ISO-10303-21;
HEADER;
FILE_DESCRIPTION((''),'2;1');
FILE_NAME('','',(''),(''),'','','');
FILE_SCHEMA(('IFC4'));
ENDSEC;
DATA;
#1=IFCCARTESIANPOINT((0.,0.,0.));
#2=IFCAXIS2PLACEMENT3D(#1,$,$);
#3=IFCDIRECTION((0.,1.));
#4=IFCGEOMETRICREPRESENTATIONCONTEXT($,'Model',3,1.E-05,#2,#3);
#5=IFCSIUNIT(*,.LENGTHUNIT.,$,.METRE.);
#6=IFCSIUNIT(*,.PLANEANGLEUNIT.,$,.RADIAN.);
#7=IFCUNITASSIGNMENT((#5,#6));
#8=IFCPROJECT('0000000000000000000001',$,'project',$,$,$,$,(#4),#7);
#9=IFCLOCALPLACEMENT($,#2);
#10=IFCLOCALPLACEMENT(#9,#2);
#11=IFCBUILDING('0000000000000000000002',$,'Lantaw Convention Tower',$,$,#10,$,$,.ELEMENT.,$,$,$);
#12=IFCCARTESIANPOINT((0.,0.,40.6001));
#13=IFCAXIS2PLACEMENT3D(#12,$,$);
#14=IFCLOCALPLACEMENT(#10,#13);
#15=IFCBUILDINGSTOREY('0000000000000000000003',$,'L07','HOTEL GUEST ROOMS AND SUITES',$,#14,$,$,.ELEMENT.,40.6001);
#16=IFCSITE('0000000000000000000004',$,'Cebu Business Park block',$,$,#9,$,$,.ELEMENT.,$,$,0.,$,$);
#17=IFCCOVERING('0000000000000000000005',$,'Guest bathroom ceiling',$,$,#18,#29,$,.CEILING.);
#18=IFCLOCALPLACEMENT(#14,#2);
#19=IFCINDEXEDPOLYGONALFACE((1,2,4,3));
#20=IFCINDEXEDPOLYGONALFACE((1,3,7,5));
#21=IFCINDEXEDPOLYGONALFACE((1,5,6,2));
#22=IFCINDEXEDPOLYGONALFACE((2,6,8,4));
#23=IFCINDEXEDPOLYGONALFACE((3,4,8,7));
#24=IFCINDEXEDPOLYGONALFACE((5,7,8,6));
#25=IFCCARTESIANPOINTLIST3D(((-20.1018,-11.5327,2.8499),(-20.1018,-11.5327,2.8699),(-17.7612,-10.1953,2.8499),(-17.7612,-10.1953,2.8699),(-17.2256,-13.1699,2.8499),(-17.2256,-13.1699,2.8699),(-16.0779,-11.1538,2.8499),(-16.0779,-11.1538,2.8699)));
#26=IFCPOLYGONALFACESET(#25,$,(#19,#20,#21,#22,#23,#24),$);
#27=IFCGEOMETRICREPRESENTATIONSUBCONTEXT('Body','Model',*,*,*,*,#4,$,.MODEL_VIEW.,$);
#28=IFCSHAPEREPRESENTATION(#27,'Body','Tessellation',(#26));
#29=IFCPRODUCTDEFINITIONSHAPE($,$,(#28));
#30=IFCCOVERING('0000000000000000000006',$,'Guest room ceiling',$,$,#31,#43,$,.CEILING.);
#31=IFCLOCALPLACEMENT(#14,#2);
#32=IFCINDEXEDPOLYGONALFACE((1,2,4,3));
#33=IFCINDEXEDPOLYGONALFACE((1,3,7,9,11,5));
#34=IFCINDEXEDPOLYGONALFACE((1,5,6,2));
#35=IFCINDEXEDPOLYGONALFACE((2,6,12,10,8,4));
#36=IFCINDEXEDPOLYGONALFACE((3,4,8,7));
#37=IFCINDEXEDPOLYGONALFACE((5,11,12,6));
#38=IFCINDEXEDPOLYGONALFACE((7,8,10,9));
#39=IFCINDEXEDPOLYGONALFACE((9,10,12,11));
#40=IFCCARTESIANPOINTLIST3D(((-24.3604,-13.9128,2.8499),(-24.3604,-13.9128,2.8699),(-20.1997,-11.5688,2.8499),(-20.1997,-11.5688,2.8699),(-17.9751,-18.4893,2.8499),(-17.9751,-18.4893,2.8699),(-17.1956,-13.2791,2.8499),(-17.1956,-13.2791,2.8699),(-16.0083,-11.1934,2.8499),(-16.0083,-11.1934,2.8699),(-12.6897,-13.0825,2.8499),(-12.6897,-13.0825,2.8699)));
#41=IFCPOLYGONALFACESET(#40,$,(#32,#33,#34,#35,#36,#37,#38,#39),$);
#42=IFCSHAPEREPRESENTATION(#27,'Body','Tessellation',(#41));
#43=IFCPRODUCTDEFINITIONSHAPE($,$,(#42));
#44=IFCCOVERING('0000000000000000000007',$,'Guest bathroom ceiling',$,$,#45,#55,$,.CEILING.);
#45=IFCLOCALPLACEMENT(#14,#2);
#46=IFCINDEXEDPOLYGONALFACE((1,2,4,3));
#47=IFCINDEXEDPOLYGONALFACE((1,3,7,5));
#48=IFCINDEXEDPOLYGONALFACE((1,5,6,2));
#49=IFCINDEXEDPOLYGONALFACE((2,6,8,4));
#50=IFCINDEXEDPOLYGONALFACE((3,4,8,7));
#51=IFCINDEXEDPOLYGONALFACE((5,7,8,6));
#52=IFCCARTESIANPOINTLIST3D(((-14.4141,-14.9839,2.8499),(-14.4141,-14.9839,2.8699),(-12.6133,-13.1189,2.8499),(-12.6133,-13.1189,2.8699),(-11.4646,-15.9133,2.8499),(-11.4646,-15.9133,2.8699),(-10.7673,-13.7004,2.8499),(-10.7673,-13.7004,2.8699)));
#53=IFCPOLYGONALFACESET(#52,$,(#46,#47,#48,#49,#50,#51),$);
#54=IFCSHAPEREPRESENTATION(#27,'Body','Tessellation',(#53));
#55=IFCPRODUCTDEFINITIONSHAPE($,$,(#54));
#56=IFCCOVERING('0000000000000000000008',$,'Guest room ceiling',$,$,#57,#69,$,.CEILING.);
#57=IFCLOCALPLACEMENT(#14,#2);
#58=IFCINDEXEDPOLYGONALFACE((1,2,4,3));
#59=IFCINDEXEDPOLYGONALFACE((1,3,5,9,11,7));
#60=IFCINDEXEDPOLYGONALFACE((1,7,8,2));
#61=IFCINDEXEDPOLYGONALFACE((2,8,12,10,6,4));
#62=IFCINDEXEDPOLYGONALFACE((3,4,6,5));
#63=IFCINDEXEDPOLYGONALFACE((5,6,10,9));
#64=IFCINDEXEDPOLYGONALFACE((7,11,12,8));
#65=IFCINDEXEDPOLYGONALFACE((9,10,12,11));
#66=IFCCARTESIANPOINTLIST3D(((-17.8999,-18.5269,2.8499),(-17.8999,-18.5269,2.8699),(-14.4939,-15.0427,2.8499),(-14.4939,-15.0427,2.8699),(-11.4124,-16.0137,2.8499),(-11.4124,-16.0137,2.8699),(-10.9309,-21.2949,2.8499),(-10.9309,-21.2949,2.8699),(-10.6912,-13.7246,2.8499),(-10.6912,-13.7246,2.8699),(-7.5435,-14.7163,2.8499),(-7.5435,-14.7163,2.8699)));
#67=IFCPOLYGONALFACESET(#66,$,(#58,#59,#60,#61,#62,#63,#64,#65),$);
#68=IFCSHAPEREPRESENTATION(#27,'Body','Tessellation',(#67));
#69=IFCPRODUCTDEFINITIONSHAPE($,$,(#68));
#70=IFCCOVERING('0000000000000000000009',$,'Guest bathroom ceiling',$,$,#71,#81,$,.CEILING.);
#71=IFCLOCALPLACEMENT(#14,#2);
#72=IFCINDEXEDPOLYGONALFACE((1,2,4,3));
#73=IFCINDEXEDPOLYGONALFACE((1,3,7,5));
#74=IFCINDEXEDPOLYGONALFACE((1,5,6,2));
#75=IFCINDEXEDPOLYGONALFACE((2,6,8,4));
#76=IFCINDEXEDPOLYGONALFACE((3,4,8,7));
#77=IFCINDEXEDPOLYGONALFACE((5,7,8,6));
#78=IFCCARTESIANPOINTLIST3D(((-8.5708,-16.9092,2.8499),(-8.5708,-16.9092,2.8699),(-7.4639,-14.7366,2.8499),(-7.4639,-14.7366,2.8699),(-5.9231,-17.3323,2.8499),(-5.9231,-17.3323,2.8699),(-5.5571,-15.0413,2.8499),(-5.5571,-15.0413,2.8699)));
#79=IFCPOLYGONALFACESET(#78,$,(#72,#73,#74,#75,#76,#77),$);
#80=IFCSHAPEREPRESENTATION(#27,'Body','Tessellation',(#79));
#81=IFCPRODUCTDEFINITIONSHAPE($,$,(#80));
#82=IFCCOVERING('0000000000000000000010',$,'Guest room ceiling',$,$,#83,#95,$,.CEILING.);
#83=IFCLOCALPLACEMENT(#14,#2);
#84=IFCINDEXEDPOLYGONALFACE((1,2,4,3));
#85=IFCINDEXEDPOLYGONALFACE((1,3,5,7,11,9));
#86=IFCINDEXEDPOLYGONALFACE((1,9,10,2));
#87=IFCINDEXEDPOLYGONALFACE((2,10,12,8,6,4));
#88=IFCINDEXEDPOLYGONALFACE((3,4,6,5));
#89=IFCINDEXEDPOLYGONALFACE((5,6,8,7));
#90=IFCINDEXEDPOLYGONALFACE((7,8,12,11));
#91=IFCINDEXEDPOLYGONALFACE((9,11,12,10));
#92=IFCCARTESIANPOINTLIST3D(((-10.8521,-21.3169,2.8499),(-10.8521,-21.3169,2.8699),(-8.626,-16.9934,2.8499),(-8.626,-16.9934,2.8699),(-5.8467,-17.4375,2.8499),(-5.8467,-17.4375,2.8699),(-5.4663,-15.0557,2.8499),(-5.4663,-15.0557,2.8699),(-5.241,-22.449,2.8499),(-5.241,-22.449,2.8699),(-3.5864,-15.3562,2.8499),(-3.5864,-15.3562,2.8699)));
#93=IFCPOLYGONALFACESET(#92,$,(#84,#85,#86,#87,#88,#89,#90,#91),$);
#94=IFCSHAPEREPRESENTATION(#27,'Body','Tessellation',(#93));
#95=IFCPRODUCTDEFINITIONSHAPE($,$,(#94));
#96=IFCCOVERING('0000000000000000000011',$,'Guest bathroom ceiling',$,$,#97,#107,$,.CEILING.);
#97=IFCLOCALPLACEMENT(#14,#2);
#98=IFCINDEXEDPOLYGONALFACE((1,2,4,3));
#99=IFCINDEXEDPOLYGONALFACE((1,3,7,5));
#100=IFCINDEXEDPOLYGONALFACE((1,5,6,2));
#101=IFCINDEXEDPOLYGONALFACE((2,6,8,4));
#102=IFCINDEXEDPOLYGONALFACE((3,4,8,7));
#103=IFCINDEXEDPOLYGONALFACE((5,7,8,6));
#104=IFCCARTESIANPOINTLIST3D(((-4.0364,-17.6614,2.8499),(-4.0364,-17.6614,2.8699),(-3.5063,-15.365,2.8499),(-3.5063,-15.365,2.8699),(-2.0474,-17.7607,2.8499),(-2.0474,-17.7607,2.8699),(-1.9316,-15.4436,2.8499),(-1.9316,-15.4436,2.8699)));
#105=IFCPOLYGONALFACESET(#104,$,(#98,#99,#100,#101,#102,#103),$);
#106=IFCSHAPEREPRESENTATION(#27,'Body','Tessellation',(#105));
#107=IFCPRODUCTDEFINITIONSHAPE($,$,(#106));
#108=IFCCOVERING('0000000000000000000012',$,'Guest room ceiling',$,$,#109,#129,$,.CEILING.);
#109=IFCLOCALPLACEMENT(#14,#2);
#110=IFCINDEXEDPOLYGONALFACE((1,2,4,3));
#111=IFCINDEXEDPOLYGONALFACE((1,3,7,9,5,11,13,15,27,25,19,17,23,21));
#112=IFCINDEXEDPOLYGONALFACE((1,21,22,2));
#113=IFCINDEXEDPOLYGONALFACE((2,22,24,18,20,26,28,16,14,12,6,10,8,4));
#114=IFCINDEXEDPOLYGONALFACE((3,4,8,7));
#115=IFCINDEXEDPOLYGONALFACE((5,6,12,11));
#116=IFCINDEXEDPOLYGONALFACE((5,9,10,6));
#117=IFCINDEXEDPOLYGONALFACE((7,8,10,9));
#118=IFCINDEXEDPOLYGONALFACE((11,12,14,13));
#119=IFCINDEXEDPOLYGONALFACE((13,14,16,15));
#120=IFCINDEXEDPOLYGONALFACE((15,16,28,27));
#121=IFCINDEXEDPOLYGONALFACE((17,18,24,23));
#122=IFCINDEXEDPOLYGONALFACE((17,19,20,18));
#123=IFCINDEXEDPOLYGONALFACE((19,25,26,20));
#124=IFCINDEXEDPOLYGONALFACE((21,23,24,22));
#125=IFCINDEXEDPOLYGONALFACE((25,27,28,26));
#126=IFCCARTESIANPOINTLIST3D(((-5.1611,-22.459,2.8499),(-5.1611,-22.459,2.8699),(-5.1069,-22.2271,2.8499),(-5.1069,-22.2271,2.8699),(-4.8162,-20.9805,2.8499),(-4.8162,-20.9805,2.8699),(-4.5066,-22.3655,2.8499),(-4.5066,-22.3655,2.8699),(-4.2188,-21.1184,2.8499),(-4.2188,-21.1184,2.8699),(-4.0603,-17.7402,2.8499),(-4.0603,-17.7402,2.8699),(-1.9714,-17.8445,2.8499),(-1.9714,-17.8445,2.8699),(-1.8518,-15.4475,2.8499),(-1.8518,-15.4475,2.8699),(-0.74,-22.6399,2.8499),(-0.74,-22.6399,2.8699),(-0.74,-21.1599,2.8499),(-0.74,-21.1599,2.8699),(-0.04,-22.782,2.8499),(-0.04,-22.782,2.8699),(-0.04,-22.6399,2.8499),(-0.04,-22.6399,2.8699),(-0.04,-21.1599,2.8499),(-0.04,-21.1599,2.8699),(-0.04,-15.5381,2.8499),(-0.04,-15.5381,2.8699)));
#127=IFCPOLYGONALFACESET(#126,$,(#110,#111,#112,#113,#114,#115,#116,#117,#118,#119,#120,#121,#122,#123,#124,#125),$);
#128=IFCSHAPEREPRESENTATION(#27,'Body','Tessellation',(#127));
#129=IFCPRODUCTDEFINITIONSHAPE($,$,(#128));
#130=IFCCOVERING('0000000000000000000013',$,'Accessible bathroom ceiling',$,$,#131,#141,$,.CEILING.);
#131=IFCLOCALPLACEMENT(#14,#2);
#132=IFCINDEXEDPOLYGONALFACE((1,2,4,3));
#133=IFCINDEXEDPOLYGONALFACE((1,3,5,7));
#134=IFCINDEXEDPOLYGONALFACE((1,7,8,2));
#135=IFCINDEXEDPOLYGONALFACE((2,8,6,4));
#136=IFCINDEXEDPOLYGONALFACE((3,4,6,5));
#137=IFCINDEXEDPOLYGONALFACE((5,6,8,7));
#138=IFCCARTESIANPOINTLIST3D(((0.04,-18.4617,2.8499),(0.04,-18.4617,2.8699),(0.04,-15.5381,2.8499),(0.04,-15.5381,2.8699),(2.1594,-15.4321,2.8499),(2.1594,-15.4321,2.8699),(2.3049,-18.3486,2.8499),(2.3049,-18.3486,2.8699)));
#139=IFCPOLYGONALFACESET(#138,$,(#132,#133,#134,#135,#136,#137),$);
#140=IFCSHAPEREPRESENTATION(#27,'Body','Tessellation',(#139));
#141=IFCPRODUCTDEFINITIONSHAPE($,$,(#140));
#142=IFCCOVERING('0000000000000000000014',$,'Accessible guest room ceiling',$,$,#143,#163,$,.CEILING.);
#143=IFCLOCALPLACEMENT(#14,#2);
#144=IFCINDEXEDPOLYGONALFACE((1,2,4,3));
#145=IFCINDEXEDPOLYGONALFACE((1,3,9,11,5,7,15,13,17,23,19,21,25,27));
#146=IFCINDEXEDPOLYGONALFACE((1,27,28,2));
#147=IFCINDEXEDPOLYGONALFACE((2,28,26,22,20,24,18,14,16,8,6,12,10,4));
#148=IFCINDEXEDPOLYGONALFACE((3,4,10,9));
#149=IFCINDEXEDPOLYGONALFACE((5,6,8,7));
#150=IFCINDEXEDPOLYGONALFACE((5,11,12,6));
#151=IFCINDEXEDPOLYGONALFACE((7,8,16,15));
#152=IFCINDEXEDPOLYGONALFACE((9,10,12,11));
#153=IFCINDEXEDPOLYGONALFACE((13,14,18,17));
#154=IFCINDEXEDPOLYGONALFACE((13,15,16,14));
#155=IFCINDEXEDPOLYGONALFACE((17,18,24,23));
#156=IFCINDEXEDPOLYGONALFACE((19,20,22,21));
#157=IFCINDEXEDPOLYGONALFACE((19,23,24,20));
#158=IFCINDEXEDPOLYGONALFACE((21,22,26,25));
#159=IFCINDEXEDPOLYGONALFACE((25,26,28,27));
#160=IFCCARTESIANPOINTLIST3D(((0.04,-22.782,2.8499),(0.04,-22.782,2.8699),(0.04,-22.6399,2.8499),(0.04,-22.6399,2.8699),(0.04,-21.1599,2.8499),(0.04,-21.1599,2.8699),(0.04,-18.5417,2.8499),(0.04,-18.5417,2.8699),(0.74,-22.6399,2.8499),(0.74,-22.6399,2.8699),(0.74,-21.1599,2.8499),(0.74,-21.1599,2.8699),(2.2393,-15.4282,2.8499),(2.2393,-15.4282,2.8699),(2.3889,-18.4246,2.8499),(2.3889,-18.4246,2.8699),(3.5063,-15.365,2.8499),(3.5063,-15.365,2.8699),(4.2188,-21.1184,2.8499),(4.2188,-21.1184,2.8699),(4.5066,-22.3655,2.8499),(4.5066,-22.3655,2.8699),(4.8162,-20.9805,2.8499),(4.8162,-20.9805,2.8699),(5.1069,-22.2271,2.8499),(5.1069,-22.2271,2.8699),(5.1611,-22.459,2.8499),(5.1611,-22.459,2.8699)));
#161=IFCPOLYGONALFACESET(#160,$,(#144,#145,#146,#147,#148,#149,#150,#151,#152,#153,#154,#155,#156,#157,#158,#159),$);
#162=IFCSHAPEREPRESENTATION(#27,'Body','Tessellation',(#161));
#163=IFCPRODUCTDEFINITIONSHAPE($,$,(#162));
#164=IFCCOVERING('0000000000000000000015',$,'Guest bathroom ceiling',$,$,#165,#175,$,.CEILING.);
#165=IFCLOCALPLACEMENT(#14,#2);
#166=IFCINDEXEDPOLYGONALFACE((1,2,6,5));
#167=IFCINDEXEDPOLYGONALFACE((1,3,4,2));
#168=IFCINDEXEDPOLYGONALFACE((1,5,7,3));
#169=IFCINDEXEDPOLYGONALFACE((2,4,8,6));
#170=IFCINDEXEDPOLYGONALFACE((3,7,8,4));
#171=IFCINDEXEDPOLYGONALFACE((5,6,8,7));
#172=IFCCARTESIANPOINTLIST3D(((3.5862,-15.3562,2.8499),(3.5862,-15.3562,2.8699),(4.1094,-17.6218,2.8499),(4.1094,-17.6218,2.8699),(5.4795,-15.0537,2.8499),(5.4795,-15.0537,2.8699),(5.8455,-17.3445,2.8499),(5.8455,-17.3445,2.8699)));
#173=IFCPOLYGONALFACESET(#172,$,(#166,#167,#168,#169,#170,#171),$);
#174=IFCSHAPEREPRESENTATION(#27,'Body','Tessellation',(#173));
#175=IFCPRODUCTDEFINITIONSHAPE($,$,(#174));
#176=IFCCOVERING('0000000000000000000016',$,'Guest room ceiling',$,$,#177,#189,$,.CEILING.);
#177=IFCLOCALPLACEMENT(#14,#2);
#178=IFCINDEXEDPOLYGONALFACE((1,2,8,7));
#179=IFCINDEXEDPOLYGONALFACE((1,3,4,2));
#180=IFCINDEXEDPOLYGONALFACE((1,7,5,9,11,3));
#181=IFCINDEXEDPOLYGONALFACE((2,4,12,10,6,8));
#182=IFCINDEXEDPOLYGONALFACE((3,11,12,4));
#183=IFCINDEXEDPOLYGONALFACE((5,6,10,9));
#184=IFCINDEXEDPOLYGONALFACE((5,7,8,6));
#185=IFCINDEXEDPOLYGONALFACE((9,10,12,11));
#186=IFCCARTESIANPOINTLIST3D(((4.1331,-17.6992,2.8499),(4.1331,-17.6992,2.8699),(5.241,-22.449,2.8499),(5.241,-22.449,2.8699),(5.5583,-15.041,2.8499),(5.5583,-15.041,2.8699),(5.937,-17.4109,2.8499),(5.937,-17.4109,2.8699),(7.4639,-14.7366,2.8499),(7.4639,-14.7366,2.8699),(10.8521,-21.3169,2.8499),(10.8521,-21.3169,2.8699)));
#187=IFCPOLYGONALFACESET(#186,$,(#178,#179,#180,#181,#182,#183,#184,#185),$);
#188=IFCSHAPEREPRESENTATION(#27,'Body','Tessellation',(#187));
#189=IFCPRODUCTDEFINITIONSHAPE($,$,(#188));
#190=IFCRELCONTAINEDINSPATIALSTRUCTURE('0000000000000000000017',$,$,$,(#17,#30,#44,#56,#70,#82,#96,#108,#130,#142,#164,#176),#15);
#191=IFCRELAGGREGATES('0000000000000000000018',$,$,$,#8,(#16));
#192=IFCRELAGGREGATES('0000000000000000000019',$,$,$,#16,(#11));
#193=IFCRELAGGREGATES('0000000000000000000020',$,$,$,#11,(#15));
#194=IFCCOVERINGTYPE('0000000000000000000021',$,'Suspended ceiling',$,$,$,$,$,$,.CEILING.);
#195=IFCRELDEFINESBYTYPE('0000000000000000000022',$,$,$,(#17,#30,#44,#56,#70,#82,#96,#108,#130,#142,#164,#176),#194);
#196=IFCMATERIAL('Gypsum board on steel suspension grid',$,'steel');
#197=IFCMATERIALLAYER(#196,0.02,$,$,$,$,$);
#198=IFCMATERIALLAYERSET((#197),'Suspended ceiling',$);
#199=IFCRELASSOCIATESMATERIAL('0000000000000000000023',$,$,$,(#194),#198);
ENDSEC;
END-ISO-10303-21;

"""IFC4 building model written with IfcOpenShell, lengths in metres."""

from ifc_helpers import new_model, si_unit, direction, frame, origin, place, context, subcontext, project, spatial, polyline, outline, extrude, material, layer, layer_set, type_object, element, save


model = new_model("IFC4")

# Units and contexts
model_context = context("Model", 3, precision=1e-05, world=origin(), true_north=direction((0.0, 1.0)))
body_context = subcontext(model_context, "Body", "Model", "MODEL_VIEW")
ifc_project = project(units=[si_unit("LENGTHUNIT", "METRE"), si_unit("PLANEANGLEUNIT", "RADIAN")], contexts=[model_context])

# Site, building, storey
site_placement = place(None, origin())
site = spatial("IfcSite", under=ifc_project, at=site_placement, Name="Cebu Business Park block", CompositionType="ELEMENT", RefElevation=0.0)
building_placement = place(site_placement, origin())
building = spatial("IfcBuilding", under=site, at=building_placement, Name="Lantaw Convention Tower", CompositionType="ELEMENT")
storey_placement = place(building_placement, frame((0.0, 0.0, 40.6001)))
storey = spatial("IfcBuildingStorey", under=building, at=storey_placement, Name="L07", Description="HOTEL GUEST ROOMS AND SUITES", CompositionType="ELEMENT", Elevation=40.6001)

# Coverings
ifc_material_1 = material(Name="Gypsum board on steel suspension grid", Category="steel")
ifc_layer_1 = layer(ifc_material_1, 0.02)
ifc_layer_set_1 = layer_set([ifc_layer_1], Name="Suspended ceiling")
covering_type = type_object("IfcCoveringType", Name="Suspended ceiling", PredefinedType="CEILING", material=ifc_layer_set_1)
covering_1_placement = place(storey_placement, frame((0.0, 0.0, 2.8499)))
element("IfcCovering", 1, at=covering_1_placement, inside=storey, type_object=covering_type, Name="Guest bathroom ceiling", PredefinedType="CEILING", context=body_context, shape_type="SweptSolid", body=[
    extrude(outline(polyline([(-17.7612, -10.1953), (-20.1018, -11.5327), (-17.2256, -13.1699), (-16.0779, -11.1538), (-17.7612, -10.1953)])), origin(), (0.0, 0.0, 1.0), 0.02),
])
covering_2_placement = place(storey_placement, frame((0.0, 0.0, 2.8499)))
element("IfcCovering", 2, at=covering_2_placement, inside=storey, type_object=covering_type, Name="Guest room ceiling", PredefinedType="CEILING", context=body_context, shape_type="SweptSolid", body=[
    extrude(outline(polyline([(-20.1997, -11.5688), (-24.3604, -13.9128), (-17.9751, -18.4893), (-12.6897, -13.0825), (-16.0083, -11.1934), (-17.1956, -13.2791), (-20.1997, -11.5688)])), origin(), (0.0, 0.0, 1.0), 0.02),
])
covering_3_placement = place(storey_placement, frame((0.0, 0.0, 2.8499)))
element("IfcCovering", 3, at=covering_3_placement, inside=storey, type_object=covering_type, Name="Guest bathroom ceiling", PredefinedType="CEILING", context=body_context, shape_type="SweptSolid", body=[
    extrude(outline(polyline([(-12.6133, -13.1189), (-14.4141, -14.9839), (-11.4646, -15.9133), (-10.7673, -13.7004), (-12.6133, -13.1189)])), origin(), (0.0, 0.0, 1.0), 0.02),
])
covering_4_placement = place(storey_placement, frame((0.0, 0.0, 2.8499)))
element("IfcCovering", 4, at=covering_4_placement, inside=storey, type_object=covering_type, Name="Guest room ceiling", PredefinedType="CEILING", context=body_context, shape_type="SweptSolid", body=[
    extrude(outline(polyline([(-14.4939, -15.0427), (-17.8999, -18.5269), (-10.9309, -21.2949), (-7.5435, -14.7163), (-10.6912, -13.7246), (-11.4124, -16.0137), (-14.4939, -15.0427)])), origin(), (0.0, 0.0, 1.0), 0.02),
])
covering_5_placement = place(storey_placement, frame((0.0, 0.0, 2.8499)))
element("IfcCovering", 5, at=covering_5_placement, inside=storey, type_object=covering_type, Name="Guest bathroom ceiling", PredefinedType="CEILING", context=body_context, shape_type="SweptSolid", body=[
    extrude(outline(polyline([(-7.4639, -14.7366), (-8.5708, -16.9092), (-5.9231, -17.3323), (-5.5571, -15.0413), (-7.4639, -14.7366)])), origin(), (0.0, 0.0, 1.0), 0.02),
])
covering_6_placement = place(storey_placement, frame((0.0, 0.0, 2.8499)))
element("IfcCovering", 6, at=covering_6_placement, inside=storey, type_object=covering_type, Name="Guest room ceiling", PredefinedType="CEILING", context=body_context, shape_type="SweptSolid", body=[
    extrude(outline(polyline([(-3.5864, -15.3562), (-5.4663, -15.0557), (-5.8467, -17.4375), (-8.626, -16.9934), (-10.8521, -21.3169), (-5.241, -22.449), (-3.5864, -15.3562)])), origin(), (0.0, 0.0, 1.0), 0.02),
])
covering_7_placement = place(storey_placement, frame((0.0, 0.0, 2.8499)))
element("IfcCovering", 7, at=covering_7_placement, inside=storey, type_object=covering_type, Name="Guest bathroom ceiling", PredefinedType="CEILING", context=body_context, shape_type="SweptSolid", body=[
    extrude(outline(polyline([(-3.5063, -15.365), (-4.0364, -17.6614), (-2.0474, -17.7607), (-1.9316, -15.4436), (-3.5063, -15.365)])), origin(), (0.0, 0.0, 1.0), 0.02),
])
covering_8_placement = place(storey_placement, frame((0.0, 0.0, 2.8499)))
element("IfcCovering", 8, at=covering_8_placement, inside=storey, type_object=covering_type, Name="Guest room ceiling", PredefinedType="CEILING", context=body_context, shape_type="SweptSolid", body=[
    extrude(outline(polyline([(-4.0603, -17.7402), (-4.8162, -20.9805), (-4.2188, -21.1184), (-4.5066, -22.3655), (-5.1069, -22.2271), (-5.1611, -22.459), (-0.04, -22.782), (-0.04, -22.6399), (-0.74, -22.6399), (-0.74, -21.1599), (-0.04, -21.1599), (-0.04, -15.5381), (-1.8518, -15.4475), (-1.9714, -17.8445), (-4.0603, -17.7402)])), origin(), (0.0, 0.0, 1.0), 0.02),
])
covering_9_placement = place(storey_placement, frame((0.0, 0.0, 2.8499)))
element("IfcCovering", 9, at=covering_9_placement, inside=storey, type_object=covering_type, Name="Accessible bathroom ceiling", PredefinedType="CEILING", context=body_context, shape_type="SweptSolid", body=[
    extrude(outline(polyline([(0.04, -15.5381), (0.04, -18.4617), (2.3049, -18.3486), (2.1594, -15.4321), (0.04, -15.5381)])), origin(), (0.0, 0.0, 1.0), 0.02),
])
covering_10_placement = place(storey_placement, frame((0.0, 0.0, 2.8499)))
element("IfcCovering", 10, at=covering_10_placement, inside=storey, type_object=covering_type, Name="Accessible guest room ceiling", PredefinedType="CEILING", context=body_context, shape_type="SweptSolid", body=[
    extrude(outline(polyline([(2.2393, -15.4282), (2.3889, -18.4246), (0.04, -18.5417), (0.04, -21.1599), (0.74, -21.1599), (0.74, -22.6399), (0.04, -22.6399), (0.04, -22.782), (5.1611, -22.459), (5.1069, -22.2271), (4.5066, -22.3655), (4.2188, -21.1184), (4.8162, -20.9805), (3.5063, -15.365), (2.2393, -15.4282)])), origin(), (0.0, 0.0, 1.0), 0.02),
])
covering_11_placement = place(storey_placement, frame((0.0, 0.0, 2.8499)))
element("IfcCovering", 11, at=covering_11_placement, inside=storey, type_object=covering_type, Name="Guest bathroom ceiling", PredefinedType="CEILING", context=body_context, shape_type="SweptSolid", body=[
    extrude(outline(polyline([(3.5862, -15.3562), (4.1094, -17.6218), (5.8455, -17.3445), (5.4795, -15.0537), (3.5862, -15.3562)])), origin(), (0.0, 0.0, 1.0), 0.02),
])
covering_12_placement = place(storey_placement, frame((0.0, 0.0, 2.8499)))
element("IfcCovering", 12, at=covering_12_placement, inside=storey, type_object=covering_type, Name="Guest room ceiling", PredefinedType="CEILING", context=body_context, shape_type="SweptSolid", body=[
    extrude(outline(polyline([(7.4639, -14.7366), (5.5583, -15.041), (5.937, -17.4109), (4.1331, -17.6992), (5.241, -22.449), (10.8521, -21.3169), (7.4639, -14.7366)])), origin(), (0.0, 0.0, 1.0), 0.02),
])

save(model, "model.ifc")
